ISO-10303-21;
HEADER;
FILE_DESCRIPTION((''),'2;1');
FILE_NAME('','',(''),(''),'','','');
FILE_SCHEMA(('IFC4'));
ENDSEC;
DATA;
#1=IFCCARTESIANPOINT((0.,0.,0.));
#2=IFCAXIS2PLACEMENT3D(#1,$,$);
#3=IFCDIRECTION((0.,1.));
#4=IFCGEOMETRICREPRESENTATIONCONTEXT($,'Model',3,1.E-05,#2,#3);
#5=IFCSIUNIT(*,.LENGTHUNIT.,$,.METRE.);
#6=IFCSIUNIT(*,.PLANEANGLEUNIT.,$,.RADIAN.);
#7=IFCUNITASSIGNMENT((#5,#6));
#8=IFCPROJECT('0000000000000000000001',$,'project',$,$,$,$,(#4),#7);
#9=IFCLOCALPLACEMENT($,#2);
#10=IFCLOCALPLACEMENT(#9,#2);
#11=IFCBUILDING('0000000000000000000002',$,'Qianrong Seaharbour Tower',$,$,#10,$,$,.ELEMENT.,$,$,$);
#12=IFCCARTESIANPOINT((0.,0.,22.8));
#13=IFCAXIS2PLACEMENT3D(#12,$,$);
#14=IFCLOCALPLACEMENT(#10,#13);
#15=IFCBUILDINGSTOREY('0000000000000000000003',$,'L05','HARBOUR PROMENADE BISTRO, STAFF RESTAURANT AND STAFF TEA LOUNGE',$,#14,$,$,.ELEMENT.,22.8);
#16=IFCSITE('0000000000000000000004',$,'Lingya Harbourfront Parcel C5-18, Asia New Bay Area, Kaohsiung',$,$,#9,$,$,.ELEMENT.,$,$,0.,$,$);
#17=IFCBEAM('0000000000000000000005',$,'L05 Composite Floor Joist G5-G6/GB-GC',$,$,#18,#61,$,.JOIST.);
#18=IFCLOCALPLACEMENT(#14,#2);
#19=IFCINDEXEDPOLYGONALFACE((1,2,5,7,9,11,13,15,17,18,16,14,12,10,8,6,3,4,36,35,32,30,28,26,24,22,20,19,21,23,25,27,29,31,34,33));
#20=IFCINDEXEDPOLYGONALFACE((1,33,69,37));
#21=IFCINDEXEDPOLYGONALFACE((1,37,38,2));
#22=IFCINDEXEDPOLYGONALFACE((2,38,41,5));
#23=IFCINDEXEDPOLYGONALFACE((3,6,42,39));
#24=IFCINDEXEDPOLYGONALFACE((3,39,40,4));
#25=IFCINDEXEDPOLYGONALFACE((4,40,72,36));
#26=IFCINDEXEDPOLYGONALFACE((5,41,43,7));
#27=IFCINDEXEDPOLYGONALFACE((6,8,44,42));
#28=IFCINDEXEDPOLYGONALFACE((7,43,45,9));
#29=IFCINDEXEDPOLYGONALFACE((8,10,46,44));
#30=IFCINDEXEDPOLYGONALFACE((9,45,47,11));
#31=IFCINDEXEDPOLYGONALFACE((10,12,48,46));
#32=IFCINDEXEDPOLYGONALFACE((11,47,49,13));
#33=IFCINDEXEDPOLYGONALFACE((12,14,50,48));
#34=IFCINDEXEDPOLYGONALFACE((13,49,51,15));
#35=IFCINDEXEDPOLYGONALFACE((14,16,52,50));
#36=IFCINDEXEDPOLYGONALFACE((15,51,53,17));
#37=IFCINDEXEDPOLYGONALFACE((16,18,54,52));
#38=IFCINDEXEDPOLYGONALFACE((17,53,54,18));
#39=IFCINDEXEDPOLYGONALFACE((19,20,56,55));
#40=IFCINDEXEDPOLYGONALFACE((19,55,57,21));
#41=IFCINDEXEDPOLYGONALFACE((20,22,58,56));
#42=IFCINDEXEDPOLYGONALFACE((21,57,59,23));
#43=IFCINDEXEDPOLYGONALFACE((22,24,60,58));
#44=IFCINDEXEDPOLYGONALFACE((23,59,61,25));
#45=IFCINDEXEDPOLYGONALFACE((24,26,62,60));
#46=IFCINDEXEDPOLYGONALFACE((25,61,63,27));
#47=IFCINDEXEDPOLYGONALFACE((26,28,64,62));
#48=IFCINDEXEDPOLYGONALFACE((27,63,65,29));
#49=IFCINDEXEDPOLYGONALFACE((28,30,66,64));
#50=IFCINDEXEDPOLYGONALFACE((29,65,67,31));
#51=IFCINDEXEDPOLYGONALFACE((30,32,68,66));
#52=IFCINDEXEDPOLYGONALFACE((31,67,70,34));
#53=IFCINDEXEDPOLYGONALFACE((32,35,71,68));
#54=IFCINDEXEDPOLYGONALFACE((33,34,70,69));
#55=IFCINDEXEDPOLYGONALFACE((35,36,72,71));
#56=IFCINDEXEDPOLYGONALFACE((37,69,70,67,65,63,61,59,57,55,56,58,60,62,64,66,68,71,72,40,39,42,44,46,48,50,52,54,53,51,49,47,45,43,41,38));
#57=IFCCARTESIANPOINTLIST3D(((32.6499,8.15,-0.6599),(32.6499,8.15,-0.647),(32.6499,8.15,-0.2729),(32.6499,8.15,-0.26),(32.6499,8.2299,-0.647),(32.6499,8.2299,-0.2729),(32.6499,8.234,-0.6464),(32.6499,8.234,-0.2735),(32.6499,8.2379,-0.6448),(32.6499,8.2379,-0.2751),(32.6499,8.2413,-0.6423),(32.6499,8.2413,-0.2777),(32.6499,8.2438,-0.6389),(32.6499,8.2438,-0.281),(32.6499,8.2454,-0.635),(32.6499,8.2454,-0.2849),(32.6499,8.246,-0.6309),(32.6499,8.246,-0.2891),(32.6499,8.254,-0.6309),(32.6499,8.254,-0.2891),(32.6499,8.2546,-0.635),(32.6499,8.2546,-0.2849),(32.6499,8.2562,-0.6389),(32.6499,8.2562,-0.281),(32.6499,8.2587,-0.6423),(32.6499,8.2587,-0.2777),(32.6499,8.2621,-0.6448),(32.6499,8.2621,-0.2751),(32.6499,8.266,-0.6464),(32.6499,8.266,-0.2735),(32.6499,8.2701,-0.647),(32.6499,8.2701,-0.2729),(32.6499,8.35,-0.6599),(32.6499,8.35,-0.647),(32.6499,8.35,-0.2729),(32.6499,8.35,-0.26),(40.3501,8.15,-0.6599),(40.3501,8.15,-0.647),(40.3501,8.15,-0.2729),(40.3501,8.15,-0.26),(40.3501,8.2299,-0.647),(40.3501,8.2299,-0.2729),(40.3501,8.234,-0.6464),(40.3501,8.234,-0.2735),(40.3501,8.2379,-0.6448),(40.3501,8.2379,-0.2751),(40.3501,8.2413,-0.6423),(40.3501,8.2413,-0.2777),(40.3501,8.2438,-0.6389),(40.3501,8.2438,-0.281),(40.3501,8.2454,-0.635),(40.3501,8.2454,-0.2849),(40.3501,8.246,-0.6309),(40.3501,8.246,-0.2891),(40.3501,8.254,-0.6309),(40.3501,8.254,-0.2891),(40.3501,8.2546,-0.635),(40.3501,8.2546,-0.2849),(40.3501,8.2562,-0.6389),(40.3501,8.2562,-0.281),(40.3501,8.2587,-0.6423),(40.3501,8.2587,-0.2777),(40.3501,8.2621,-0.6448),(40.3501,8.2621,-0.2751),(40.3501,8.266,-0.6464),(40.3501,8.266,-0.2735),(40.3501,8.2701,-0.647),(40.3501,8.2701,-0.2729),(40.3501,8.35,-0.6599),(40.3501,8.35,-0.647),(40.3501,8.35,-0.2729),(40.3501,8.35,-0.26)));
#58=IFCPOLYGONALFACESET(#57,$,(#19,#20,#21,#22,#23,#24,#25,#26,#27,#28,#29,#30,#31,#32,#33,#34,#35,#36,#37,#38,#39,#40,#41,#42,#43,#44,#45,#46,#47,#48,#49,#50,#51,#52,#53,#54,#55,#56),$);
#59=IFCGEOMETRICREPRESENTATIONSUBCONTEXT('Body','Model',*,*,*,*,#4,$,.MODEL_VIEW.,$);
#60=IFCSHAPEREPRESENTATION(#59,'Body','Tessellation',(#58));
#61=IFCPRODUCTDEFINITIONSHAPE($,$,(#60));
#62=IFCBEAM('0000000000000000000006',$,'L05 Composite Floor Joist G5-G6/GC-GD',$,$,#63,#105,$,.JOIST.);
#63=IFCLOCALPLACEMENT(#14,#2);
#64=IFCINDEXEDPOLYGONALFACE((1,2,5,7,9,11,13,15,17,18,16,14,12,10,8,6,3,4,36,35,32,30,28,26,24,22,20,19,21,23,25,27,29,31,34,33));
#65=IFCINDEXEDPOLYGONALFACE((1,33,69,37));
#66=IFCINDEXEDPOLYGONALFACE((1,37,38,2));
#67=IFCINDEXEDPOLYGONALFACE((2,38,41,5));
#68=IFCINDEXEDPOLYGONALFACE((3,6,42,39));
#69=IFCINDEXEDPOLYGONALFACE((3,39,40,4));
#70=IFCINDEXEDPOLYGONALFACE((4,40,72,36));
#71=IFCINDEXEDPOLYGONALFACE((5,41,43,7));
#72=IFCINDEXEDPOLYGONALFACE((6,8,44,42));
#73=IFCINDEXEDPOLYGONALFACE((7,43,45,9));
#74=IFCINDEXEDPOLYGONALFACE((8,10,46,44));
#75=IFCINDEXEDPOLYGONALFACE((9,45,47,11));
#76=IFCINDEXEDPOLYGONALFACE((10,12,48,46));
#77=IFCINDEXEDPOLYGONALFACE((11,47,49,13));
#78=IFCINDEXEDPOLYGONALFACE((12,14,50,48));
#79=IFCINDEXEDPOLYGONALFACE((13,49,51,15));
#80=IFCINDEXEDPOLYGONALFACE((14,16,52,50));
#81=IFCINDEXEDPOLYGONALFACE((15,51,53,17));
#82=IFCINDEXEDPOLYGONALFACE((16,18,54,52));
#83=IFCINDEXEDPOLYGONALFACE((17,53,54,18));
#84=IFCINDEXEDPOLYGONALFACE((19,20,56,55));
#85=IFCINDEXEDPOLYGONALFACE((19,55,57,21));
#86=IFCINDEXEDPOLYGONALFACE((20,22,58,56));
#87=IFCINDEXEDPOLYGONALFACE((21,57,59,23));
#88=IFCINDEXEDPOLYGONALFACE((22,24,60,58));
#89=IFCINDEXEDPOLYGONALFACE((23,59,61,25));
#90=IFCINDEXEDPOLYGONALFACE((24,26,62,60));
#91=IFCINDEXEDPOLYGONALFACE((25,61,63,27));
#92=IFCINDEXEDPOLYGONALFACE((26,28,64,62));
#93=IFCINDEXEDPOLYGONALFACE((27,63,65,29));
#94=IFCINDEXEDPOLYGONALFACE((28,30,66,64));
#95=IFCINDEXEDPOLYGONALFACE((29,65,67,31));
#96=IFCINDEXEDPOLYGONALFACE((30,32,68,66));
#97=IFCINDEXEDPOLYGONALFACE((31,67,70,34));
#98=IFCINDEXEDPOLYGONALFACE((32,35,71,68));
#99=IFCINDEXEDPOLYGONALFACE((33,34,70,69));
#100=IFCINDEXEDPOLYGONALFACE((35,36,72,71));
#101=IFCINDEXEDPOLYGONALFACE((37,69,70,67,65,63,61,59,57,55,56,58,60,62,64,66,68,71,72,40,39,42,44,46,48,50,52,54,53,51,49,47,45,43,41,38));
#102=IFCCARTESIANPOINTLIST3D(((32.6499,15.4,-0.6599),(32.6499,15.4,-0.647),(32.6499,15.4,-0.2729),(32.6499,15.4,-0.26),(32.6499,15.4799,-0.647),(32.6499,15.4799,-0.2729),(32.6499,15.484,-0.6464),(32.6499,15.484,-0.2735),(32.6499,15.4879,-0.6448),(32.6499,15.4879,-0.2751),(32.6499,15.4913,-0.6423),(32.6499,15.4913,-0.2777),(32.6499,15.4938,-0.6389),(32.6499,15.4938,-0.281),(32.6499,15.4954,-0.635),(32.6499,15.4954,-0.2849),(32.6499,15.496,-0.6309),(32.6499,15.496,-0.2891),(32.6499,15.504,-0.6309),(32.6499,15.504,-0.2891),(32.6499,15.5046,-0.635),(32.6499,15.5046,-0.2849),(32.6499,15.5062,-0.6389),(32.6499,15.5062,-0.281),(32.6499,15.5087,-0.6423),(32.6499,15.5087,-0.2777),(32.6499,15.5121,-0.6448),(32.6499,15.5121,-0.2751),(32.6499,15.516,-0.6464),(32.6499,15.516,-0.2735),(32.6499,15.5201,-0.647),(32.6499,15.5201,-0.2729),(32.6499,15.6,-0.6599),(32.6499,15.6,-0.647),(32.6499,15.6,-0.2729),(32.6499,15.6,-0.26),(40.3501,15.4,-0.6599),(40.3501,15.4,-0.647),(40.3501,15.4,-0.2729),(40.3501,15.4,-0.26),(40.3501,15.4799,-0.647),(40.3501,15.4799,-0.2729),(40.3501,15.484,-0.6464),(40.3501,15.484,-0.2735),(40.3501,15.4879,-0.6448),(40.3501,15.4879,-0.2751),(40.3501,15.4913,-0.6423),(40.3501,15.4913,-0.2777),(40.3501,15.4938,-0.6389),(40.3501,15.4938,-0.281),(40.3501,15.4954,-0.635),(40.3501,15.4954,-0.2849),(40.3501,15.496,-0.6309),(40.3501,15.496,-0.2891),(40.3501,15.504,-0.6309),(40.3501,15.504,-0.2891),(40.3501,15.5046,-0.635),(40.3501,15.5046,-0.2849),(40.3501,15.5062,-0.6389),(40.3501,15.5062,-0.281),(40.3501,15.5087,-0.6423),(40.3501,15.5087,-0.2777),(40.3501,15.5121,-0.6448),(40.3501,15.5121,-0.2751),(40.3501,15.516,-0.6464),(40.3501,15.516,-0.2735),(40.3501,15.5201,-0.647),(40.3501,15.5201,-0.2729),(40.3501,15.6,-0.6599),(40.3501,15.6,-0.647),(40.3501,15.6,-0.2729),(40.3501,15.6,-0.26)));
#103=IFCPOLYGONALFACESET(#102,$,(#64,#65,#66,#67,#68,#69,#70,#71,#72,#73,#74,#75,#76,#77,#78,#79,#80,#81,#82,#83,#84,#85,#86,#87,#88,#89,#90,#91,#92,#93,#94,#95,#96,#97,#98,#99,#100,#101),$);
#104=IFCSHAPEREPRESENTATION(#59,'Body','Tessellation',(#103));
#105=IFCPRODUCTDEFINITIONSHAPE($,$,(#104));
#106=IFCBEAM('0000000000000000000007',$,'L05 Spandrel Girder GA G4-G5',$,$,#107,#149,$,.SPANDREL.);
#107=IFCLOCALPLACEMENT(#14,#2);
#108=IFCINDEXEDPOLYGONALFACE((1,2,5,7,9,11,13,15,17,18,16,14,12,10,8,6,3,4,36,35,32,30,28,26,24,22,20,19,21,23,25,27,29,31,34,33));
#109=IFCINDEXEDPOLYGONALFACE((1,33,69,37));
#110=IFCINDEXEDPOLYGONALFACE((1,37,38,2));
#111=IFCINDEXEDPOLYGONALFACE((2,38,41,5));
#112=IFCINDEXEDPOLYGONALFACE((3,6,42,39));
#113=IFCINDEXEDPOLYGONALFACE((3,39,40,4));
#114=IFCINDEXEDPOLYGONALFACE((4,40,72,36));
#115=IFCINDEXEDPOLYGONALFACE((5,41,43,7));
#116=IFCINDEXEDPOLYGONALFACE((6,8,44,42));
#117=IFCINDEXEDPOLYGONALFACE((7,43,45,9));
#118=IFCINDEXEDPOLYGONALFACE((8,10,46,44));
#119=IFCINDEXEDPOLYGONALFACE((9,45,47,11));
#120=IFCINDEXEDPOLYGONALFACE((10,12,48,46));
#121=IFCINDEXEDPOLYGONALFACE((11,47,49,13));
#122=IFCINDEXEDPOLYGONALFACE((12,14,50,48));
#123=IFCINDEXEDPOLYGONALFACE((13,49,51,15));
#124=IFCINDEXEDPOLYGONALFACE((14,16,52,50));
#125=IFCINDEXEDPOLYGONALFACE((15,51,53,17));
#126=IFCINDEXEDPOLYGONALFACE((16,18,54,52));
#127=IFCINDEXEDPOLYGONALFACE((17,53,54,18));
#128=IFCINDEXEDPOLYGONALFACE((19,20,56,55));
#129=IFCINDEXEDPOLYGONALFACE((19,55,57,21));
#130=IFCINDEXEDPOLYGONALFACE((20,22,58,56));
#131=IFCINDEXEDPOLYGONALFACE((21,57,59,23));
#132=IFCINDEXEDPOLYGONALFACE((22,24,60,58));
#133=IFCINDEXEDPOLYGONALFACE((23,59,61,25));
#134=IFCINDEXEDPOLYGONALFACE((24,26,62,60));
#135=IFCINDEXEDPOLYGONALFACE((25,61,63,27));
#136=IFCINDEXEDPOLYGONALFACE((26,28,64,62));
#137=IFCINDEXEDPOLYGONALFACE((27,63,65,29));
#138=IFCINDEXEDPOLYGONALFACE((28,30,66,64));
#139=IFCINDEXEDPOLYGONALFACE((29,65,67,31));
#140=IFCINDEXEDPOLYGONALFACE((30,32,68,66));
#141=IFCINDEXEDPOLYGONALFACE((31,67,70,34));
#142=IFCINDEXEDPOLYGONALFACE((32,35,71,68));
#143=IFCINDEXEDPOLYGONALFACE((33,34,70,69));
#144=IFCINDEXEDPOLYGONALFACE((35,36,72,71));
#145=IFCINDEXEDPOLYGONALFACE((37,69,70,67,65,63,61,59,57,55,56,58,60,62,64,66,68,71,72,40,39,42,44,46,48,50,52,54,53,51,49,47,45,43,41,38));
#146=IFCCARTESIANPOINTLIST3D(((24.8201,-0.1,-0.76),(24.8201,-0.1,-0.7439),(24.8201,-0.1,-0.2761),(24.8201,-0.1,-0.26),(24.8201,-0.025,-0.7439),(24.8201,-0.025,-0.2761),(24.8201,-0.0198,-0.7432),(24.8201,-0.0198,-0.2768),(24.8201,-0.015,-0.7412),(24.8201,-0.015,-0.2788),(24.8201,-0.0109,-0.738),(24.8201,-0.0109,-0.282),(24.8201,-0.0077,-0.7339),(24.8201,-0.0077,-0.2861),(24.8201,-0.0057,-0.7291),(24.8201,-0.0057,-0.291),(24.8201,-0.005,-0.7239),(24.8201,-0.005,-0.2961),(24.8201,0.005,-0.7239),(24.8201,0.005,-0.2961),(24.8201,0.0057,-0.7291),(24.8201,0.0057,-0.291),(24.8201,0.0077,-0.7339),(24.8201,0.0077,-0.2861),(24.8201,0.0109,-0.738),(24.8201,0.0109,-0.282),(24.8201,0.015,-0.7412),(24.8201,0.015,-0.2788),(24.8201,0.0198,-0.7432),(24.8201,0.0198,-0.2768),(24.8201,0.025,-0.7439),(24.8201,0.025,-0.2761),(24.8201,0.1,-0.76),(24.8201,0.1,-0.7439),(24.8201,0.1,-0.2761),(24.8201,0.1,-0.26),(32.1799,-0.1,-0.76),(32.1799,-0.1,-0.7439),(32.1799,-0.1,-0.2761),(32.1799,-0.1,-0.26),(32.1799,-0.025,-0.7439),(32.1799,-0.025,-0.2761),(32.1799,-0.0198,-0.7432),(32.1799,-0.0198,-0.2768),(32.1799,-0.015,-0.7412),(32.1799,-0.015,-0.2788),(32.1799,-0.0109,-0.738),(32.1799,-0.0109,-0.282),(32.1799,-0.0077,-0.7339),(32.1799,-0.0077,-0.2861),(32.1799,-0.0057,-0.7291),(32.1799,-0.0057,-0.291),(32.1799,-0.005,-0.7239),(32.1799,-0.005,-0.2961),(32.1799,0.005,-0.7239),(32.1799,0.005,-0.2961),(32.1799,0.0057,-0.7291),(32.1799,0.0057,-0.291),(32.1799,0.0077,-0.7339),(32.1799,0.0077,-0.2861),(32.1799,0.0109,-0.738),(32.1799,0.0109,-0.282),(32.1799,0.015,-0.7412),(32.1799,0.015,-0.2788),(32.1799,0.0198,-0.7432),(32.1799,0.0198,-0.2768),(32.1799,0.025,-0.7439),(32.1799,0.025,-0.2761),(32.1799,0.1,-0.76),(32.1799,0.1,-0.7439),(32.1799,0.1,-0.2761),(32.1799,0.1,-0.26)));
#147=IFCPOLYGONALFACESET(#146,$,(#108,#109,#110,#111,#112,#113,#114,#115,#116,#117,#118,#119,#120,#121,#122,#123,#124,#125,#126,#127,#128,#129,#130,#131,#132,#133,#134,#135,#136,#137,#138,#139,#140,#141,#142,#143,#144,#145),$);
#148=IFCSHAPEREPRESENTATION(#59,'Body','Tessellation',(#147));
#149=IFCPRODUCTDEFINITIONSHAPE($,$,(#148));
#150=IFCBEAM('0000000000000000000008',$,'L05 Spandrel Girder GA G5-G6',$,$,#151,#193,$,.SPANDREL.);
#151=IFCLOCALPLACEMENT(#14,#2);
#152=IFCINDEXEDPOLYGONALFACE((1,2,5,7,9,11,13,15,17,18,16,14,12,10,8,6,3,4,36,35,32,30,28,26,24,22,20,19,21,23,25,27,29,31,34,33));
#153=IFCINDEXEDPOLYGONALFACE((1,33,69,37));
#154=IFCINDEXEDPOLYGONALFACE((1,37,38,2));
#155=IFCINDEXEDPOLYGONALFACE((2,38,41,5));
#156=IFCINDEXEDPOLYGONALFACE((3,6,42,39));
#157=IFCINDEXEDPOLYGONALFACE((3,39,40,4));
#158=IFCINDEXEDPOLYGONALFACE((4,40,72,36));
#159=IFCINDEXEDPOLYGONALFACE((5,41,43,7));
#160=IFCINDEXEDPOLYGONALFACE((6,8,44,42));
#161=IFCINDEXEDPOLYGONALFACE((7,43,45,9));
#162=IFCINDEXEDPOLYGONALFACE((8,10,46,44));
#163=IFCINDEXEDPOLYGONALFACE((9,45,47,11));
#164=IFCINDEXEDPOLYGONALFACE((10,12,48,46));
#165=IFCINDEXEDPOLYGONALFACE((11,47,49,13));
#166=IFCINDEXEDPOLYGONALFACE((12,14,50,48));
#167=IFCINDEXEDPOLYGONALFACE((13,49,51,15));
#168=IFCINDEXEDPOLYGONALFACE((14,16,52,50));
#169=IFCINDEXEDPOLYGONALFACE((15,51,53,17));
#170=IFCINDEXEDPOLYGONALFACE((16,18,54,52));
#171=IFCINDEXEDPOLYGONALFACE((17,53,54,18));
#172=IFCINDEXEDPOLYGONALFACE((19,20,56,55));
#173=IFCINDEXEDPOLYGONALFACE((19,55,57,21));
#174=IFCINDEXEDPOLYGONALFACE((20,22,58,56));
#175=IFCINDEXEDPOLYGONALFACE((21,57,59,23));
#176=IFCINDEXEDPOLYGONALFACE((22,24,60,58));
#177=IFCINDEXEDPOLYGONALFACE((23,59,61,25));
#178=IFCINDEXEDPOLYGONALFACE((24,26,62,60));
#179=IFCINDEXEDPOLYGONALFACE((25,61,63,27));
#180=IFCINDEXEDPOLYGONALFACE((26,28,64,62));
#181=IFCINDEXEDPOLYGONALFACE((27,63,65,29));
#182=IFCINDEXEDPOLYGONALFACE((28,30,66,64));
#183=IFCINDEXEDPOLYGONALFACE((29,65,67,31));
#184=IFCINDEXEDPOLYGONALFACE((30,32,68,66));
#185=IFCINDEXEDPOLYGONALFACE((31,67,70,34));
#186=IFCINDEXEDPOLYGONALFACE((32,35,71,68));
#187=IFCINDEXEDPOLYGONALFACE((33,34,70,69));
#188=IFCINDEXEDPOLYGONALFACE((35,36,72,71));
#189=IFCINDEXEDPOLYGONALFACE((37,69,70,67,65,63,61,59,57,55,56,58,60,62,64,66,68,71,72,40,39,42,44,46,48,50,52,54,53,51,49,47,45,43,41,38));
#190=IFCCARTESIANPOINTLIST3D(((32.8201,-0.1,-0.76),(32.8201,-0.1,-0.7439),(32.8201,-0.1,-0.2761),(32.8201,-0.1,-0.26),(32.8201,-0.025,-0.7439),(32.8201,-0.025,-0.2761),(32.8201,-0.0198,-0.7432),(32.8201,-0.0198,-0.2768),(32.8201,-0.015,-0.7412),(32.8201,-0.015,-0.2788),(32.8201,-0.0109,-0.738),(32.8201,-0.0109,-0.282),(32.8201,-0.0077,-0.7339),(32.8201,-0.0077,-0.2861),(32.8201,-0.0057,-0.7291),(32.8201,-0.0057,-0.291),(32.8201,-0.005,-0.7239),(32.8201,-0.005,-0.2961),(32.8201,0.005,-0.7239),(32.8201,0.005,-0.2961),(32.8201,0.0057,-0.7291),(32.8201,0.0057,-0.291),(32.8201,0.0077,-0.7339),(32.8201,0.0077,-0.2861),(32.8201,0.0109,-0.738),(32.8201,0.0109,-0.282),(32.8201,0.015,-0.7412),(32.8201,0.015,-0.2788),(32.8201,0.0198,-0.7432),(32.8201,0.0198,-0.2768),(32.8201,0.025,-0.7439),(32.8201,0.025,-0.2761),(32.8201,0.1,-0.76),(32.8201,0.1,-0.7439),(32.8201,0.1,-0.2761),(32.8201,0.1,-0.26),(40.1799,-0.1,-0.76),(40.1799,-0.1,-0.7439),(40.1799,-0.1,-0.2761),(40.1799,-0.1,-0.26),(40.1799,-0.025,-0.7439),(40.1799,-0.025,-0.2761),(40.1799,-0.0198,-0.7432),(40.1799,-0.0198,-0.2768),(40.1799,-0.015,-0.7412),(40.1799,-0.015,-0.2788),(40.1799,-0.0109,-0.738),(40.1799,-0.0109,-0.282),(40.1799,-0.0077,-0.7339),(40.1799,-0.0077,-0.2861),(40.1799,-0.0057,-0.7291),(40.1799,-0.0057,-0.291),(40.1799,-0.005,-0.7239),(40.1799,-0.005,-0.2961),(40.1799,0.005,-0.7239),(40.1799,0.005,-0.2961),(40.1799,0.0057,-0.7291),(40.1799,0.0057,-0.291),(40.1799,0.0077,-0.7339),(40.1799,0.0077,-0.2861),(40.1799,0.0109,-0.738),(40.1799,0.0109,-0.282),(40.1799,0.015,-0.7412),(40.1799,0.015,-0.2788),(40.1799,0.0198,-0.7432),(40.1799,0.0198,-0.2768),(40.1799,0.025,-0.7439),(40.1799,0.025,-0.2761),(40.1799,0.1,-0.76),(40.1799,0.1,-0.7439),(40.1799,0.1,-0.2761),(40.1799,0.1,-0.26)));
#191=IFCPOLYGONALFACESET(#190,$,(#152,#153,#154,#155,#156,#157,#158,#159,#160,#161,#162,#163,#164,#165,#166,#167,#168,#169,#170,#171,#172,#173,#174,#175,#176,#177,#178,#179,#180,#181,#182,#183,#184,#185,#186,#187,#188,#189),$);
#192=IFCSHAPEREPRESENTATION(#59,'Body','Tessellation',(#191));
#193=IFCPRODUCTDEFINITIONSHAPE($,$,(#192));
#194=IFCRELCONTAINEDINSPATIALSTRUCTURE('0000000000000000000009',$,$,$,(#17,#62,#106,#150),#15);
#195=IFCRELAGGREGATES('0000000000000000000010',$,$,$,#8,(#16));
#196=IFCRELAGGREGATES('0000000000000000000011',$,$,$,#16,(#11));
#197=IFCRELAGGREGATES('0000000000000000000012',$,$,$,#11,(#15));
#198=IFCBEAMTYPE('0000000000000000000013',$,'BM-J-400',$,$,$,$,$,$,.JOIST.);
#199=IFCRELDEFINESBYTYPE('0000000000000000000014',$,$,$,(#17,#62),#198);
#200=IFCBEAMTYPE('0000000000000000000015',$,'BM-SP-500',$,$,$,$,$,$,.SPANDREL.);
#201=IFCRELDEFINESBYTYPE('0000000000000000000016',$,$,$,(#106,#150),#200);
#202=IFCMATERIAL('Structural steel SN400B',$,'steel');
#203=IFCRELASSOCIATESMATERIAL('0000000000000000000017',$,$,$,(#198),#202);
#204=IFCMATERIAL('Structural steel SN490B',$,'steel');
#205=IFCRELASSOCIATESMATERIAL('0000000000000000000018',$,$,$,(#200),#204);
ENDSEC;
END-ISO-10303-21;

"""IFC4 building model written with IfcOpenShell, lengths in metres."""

from ifc_helpers import new_model, si_unit, direction, frame, origin, origin_2d, place, context, subcontext, project, spatial, i_section, extrude, material, material_profile, profile_set, type_object, element, save


model = new_model("IFC4")

# Units and contexts
model_context = context("Model", 3, precision=1e-05, world=origin(), true_north=direction((0.0, 1.0)))
body_context = subcontext(model_context, "Body", "Model", "MODEL_VIEW")
ifc_project = project(units=[si_unit("LENGTHUNIT", "METRE"), si_unit("PLANEANGLEUNIT", "RADIAN")], contexts=[model_context])

# Site, building, storey
site_placement = place(None, origin())
site = spatial("IfcSite", under=ifc_project, at=site_placement, Name="Lingya Harbourfront Parcel C5-18, Asia New Bay Area, Kaohsiung", CompositionType="ELEMENT", RefElevation=0.0)
building_placement = place(site_placement, origin())
building = spatial("IfcBuilding", under=site, at=building_placement, Name="Qianrong Seaharbour Tower", CompositionType="ELEMENT")
storey_placement = place(building_placement, frame((0.0, 0.0, 22.8)))
storey = spatial("IfcBuildingStorey", under=building, at=storey_placement, Name="L05", Description="HARBOUR PROMENADE BISTRO, STAFF RESTAURANT AND STAFF TEA LOUNGE", CompositionType="ELEMENT", Elevation=22.8)

# Shared definitions
ifc_material_1 = material(Name="Structural steel SN490B", Category="steel")

# Beams
ifc_material_2 = material(Name="Structural steel SN400B", Category="steel")
ifc_material_profile_1 = material_profile(ifc_material_2, i_section(OverallWidth=0.2, OverallDepth=0.3999, WebThickness=0.0081, FlangeThickness=0.0129, FilletRadius=0.0161, at=origin_2d()), Name="H400x200x8x13")
ifc_profile_set_1 = profile_set([ifc_material_profile_1], Name="Structural steel SN400B")
beam_type_1 = type_object("IfcBeamType", Name="BM-J-400", PredefinedType="JOIST", material=ifc_profile_set_1)
for number, where, z_axis, x_axis, name in (
    (1, (32.6499, 8.25, -0.46), (1.0, 0.0, 0.0), (0.0, 1.0, 0.0), "L05 Composite Floor Joist G5-G6/GB-GC"),
    (2, (32.6499, 15.5, -0.46), (1.0, 0.0, 0.0), (0.0, 1.0, 0.0), "L05 Composite Floor Joist G5-G6/GC-GD"),
):
    element("IfcBeam", number, at=place(storey_placement, frame(where, z_axis=z_axis, x_axis=x_axis)), inside=storey, type_object=beam_type_1, Name=name, PredefinedType="JOIST", context=body_context, shape_type="SweptSolid", body=[
        extrude(i_section(OverallWidth=0.2, OverallDepth=0.3999, WebThickness=0.0081, FlangeThickness=0.0129, FilletRadius=0.0161, at=origin_2d()), origin(), (0.0, 0.0, 1.0), 7.7002),
    ])
ifc_material_profile_2 = material_profile(ifc_material_1, i_section(OverallWidth=0.2, OverallDepth=0.5, WebThickness=0.01, FlangeThickness=0.0161, FilletRadius=0.02, at=origin_2d()), Name="H500x200x10x16")
ifc_profile_set_2 = profile_set([ifc_material_profile_2], Name="Structural steel SN490B")
beam_type_2 = type_object("IfcBeamType", Name="BM-SP-500", PredefinedType="SPANDREL", material=ifc_profile_set_2)
for number, where, z_axis, x_axis, name in (
    (3, (24.8201, 0.0, -0.51), (1.0, 0.0, 0.0), (0.0, 1.0, 0.0), "L05 Spandrel Girder GA G4-G5"),
    (4, (32.8201, 0.0, -0.51), (1.0, 0.0, 0.0), (0.0, 1.0, 0.0), "L05 Spandrel Girder GA G5-G6"),
):
    element("IfcBeam", number, at=place(storey_placement, frame(where, z_axis=z_axis, x_axis=x_axis)), inside=storey, type_object=beam_type_2, Name=name, PredefinedType="SPANDREL", context=body_context, shape_type="SweptSolid", body=[
        extrude(i_section(OverallWidth=0.2, OverallDepth=0.5, WebThickness=0.01, FlangeThickness=0.0161, FilletRadius=0.02, at=origin_2d()), origin(), (0.0, 0.0, 1.0), 7.3599),
    ])

save(model, "model.ifc")
